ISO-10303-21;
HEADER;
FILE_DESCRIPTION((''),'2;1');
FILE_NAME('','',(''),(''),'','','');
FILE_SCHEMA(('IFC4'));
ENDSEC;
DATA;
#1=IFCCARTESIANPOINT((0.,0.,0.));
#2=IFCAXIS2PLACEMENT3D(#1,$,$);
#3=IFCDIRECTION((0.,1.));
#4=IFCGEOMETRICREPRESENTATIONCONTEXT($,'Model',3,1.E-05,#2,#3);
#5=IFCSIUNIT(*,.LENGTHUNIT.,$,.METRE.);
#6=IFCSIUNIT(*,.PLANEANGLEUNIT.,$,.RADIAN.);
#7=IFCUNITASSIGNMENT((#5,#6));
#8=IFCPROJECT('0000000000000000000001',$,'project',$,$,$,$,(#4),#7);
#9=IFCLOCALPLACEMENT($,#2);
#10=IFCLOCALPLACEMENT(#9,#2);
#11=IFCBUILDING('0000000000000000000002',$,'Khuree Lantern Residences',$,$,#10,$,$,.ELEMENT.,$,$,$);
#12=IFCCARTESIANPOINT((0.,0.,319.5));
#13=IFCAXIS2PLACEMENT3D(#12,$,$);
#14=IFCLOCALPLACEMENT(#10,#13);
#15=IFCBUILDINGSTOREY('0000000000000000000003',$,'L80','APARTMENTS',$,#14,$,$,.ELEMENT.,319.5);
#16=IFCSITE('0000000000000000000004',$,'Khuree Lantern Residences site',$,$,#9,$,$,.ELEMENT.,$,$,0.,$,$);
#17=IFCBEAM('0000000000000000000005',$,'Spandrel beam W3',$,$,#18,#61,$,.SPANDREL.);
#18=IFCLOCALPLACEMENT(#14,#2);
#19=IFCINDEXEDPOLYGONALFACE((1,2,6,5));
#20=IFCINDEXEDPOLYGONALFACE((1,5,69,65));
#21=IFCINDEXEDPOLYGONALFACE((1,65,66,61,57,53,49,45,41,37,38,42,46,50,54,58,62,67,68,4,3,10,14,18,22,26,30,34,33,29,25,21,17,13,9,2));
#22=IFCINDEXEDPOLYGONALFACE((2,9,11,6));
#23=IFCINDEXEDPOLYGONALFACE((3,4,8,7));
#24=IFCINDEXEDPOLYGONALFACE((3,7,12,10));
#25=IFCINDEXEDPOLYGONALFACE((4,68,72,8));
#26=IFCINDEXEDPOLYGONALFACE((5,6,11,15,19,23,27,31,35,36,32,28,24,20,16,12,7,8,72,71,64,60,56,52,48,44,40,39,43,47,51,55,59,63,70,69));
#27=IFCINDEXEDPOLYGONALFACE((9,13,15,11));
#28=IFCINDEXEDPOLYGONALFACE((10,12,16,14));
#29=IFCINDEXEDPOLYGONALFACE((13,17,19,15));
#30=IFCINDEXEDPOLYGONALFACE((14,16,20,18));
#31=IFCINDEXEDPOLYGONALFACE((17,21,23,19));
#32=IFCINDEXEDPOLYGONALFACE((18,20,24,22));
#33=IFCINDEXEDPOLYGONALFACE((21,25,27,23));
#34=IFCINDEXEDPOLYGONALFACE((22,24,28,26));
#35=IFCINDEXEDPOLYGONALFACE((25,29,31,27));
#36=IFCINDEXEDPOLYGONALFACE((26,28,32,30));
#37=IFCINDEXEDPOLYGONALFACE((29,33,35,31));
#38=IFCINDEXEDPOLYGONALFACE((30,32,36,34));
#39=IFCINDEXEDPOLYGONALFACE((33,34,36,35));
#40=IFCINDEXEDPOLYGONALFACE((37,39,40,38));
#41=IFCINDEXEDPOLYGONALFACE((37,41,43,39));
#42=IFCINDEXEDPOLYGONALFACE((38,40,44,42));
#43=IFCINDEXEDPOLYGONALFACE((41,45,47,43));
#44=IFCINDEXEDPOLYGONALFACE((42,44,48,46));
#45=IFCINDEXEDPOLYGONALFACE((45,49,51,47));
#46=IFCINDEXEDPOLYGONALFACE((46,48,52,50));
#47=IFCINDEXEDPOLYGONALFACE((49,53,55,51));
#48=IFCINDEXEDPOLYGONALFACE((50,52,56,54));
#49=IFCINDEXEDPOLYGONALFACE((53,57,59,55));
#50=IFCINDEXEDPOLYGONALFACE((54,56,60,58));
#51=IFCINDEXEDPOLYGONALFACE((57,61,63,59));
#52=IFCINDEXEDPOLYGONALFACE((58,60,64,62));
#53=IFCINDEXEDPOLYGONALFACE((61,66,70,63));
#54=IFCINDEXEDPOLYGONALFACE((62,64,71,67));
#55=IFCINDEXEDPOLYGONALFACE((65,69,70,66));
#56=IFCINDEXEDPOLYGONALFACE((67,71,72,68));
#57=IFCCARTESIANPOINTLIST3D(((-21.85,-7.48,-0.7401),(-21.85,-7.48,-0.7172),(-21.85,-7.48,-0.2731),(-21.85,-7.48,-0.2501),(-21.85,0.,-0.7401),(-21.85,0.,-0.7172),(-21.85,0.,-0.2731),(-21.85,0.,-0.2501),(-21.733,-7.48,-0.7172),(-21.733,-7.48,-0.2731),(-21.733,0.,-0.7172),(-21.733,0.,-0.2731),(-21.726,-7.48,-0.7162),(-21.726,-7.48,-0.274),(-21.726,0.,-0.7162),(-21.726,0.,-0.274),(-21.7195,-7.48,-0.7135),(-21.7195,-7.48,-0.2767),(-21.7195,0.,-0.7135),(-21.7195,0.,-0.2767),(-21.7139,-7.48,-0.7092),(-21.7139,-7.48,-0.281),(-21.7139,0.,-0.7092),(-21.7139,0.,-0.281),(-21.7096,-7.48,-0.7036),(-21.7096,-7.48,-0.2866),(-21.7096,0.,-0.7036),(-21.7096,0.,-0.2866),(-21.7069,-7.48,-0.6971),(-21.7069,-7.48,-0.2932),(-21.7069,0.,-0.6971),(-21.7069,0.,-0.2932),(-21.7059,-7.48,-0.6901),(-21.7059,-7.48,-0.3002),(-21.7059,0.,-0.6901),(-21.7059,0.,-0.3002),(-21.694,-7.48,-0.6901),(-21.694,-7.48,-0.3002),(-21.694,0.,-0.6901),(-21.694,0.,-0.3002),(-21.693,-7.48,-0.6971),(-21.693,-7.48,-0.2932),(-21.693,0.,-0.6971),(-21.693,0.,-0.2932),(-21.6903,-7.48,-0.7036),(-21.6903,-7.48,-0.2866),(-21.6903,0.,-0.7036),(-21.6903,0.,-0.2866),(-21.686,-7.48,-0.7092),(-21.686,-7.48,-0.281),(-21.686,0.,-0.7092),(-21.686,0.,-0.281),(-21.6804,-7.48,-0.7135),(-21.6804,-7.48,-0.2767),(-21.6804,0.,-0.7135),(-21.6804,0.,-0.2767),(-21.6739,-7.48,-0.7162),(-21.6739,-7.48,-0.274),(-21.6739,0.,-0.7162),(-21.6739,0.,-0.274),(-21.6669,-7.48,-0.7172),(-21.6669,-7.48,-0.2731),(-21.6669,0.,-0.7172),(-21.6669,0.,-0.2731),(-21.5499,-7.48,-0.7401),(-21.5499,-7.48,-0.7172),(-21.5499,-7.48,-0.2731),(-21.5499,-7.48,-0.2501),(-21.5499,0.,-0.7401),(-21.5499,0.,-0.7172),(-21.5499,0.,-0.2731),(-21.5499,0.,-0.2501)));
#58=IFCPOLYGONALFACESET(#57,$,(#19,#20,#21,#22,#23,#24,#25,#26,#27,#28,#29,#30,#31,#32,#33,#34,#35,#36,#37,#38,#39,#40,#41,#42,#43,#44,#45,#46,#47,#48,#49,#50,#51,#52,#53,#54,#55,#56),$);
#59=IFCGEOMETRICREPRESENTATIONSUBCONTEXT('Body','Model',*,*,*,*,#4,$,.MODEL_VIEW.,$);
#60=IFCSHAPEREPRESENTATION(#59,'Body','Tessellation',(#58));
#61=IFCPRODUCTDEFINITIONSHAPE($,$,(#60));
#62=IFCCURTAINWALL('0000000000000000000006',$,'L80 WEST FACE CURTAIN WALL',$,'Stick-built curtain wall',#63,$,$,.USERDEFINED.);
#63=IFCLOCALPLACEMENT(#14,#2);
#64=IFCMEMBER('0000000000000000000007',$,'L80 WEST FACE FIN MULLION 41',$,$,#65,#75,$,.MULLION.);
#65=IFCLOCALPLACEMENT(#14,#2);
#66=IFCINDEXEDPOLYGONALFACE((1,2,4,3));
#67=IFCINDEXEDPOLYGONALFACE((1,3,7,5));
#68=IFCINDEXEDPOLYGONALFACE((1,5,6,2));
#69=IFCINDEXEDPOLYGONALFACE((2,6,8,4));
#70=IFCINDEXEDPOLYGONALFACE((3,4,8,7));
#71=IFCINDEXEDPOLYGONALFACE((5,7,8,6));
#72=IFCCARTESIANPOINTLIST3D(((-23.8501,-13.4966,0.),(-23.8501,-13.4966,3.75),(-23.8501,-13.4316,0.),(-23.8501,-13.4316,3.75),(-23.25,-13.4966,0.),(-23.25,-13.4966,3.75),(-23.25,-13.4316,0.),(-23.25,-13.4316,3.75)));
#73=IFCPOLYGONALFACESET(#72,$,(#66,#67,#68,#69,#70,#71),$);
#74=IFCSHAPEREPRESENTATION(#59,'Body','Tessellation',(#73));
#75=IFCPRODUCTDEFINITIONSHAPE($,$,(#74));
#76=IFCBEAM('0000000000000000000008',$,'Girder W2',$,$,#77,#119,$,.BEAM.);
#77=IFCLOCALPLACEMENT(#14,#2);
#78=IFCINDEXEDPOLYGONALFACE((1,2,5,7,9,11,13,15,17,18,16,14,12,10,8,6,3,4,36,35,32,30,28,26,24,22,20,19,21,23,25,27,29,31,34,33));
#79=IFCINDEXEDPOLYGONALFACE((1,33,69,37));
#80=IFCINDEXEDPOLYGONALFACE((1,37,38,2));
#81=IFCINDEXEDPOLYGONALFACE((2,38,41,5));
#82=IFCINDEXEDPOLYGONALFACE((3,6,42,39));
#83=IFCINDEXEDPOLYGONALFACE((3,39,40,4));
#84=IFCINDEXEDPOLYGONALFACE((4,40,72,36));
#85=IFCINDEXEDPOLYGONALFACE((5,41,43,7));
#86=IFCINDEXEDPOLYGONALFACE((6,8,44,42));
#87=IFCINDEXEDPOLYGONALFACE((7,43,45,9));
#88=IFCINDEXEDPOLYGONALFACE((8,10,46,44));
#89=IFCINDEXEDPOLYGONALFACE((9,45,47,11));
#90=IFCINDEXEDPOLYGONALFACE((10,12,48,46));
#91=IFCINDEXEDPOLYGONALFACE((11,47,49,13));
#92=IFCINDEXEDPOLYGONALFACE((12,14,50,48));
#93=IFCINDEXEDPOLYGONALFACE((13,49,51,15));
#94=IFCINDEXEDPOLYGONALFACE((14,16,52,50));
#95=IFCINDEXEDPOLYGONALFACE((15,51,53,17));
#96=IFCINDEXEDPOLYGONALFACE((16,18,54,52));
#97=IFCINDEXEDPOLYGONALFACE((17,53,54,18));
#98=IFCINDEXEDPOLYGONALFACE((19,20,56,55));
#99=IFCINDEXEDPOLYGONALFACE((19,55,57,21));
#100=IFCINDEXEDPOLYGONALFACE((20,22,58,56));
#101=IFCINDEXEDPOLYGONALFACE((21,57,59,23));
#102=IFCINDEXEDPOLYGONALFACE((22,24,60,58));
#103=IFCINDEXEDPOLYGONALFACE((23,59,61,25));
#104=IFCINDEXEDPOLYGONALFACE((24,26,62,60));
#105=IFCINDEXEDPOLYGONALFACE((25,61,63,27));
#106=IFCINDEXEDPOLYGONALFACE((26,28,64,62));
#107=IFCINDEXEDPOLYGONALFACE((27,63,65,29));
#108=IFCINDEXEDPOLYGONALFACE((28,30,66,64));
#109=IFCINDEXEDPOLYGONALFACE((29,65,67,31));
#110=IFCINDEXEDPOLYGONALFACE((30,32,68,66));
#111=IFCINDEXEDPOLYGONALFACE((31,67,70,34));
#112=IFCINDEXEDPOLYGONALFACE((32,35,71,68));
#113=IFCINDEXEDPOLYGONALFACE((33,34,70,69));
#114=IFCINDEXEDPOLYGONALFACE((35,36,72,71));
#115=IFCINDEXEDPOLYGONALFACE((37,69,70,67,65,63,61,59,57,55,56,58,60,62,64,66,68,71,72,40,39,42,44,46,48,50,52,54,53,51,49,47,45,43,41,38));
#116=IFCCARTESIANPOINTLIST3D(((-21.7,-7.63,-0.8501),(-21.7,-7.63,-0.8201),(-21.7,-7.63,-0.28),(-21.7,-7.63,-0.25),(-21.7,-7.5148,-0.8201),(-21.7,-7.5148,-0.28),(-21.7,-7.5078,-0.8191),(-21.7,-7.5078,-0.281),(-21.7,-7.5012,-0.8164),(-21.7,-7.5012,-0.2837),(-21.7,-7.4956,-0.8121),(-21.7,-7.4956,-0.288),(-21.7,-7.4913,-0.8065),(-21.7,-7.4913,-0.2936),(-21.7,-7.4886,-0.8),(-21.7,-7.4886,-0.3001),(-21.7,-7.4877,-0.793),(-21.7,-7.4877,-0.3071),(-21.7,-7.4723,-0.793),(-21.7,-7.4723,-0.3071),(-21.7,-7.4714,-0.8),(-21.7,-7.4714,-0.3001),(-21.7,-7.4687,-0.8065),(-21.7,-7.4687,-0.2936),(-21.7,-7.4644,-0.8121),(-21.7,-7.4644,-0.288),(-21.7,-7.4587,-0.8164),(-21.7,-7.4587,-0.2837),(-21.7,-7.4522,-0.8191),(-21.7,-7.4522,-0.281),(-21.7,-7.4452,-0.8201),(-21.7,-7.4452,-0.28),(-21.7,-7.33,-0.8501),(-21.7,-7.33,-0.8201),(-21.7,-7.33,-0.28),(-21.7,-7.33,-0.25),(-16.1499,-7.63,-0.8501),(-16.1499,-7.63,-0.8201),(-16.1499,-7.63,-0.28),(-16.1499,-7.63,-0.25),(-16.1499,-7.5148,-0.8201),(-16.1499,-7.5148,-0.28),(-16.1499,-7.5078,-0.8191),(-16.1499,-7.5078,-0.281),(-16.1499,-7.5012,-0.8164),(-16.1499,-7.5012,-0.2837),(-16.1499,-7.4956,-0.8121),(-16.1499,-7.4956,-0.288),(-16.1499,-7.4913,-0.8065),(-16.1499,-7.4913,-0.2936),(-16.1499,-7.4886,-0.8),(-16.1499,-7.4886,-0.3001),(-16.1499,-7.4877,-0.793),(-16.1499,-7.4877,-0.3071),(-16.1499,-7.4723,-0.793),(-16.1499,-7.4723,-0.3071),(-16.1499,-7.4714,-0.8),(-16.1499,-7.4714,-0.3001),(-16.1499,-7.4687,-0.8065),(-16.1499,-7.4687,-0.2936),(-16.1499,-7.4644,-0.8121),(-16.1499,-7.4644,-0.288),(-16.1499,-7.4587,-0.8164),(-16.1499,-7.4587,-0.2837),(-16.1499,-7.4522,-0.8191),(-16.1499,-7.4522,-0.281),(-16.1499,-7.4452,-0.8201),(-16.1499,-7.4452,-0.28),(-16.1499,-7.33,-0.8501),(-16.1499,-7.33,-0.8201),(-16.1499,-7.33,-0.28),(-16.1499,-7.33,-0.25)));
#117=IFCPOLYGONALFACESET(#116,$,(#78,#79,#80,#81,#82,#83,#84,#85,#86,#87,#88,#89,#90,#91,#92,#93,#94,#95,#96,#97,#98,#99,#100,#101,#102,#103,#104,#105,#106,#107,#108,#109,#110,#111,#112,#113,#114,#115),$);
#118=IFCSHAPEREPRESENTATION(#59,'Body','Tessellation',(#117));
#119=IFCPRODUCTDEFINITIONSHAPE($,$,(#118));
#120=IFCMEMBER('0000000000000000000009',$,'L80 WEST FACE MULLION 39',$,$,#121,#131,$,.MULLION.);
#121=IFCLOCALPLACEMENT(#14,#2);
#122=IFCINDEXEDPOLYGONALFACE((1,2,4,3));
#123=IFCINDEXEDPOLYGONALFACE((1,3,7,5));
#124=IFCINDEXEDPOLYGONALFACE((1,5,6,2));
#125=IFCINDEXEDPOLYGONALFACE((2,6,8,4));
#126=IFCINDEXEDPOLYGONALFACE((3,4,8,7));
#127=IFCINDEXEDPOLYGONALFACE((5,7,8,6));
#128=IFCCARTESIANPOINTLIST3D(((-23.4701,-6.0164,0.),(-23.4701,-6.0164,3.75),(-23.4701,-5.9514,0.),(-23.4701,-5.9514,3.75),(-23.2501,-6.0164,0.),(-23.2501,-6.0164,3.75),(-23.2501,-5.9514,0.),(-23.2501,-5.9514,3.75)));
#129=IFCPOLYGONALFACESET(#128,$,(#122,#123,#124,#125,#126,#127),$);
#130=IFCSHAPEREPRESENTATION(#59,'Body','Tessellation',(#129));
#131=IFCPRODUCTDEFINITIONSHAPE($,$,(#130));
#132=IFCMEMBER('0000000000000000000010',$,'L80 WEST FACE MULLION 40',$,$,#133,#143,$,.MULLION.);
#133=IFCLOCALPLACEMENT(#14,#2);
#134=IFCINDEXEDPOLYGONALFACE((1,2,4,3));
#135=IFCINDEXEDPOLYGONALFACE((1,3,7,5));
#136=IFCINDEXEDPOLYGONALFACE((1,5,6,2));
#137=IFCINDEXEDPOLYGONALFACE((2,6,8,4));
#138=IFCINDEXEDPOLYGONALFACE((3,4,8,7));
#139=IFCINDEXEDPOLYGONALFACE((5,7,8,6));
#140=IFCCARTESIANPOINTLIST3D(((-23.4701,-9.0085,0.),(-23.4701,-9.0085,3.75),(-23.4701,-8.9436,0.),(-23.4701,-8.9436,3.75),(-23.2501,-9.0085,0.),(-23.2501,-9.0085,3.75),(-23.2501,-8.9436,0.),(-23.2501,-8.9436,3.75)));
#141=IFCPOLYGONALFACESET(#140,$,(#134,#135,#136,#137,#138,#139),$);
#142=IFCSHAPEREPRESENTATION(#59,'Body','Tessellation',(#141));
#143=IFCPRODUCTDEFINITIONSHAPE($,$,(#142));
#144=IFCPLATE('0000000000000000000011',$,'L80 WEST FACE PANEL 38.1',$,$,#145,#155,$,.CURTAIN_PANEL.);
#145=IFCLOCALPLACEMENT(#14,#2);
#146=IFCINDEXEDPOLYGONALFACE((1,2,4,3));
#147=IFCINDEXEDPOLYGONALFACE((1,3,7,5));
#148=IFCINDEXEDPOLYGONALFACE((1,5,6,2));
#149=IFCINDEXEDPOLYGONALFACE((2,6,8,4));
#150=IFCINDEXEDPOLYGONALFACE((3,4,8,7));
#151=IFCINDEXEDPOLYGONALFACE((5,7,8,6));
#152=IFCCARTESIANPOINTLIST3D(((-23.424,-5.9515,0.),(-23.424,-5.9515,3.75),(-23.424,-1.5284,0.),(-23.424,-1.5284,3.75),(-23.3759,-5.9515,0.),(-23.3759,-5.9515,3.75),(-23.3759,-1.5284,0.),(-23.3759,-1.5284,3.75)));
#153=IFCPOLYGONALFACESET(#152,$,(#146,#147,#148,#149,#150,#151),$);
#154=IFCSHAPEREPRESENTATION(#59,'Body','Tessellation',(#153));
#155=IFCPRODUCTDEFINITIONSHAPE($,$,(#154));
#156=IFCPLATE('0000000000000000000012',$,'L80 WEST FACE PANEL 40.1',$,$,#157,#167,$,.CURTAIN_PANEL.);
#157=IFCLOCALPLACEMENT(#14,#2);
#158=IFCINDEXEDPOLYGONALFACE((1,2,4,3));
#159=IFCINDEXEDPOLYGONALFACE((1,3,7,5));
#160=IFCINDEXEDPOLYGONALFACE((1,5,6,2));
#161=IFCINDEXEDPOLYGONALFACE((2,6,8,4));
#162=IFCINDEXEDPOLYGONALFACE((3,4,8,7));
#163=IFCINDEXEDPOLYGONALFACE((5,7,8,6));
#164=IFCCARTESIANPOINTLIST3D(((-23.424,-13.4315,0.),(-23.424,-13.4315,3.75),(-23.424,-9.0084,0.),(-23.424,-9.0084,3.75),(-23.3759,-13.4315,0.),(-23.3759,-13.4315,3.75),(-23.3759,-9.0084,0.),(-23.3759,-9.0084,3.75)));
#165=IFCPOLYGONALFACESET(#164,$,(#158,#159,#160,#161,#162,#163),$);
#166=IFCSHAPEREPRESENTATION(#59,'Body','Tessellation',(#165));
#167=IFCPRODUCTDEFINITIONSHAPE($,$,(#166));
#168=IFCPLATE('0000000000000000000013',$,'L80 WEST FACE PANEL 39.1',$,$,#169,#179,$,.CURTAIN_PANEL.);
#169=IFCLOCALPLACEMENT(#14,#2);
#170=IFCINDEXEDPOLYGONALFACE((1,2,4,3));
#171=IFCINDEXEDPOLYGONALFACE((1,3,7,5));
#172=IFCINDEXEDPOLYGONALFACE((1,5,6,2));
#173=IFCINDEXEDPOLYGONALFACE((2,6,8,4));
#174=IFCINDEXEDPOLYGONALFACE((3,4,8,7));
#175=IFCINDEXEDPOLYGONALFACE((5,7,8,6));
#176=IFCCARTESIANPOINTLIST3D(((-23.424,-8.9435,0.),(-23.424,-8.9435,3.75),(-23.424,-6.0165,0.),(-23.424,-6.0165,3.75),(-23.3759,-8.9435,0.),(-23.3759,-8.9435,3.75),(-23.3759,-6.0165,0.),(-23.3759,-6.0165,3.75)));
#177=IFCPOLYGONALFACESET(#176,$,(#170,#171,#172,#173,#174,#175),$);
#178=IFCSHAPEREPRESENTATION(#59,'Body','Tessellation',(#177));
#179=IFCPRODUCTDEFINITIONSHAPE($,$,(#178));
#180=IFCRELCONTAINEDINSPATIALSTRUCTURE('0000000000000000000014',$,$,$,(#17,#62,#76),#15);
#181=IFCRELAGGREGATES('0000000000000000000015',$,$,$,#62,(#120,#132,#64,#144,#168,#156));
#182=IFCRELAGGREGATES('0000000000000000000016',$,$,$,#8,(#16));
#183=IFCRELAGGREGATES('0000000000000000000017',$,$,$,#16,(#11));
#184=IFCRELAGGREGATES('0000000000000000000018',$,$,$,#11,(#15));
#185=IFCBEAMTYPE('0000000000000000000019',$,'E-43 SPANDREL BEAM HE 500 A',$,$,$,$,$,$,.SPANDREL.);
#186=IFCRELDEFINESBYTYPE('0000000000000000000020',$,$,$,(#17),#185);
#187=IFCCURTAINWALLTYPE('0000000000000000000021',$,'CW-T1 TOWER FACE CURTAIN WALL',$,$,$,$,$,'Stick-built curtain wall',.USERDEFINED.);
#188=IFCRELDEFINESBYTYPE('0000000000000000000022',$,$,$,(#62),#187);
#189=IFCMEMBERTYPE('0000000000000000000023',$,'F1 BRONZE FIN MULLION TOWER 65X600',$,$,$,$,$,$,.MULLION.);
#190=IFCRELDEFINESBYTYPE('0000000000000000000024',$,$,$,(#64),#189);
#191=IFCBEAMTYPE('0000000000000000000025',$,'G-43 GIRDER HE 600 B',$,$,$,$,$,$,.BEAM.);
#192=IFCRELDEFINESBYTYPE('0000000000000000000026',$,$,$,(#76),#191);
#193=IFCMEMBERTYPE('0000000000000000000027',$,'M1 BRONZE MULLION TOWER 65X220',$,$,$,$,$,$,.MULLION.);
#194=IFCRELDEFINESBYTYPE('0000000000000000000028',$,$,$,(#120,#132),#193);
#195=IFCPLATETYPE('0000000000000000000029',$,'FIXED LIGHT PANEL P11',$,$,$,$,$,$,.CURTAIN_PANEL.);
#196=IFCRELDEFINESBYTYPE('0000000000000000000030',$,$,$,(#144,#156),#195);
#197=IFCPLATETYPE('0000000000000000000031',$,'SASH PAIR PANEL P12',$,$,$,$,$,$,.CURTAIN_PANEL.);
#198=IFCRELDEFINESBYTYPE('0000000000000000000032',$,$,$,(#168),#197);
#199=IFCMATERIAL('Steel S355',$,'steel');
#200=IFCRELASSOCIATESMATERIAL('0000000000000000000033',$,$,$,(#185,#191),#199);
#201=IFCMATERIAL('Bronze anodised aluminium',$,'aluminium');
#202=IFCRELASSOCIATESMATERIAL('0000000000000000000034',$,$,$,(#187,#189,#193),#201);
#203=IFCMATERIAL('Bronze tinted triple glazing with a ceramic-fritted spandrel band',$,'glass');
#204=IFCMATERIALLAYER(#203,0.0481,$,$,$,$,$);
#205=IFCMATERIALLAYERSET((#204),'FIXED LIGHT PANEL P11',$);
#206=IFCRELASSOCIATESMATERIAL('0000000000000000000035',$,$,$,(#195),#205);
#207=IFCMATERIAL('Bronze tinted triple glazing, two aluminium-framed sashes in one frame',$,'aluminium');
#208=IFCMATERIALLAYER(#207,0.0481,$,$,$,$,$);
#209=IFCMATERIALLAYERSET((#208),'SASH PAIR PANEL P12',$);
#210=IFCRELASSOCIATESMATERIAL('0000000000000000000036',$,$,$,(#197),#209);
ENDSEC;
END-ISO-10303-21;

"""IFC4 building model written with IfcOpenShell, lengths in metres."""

from ifc_helpers import new_model, si_unit, direction, frame, origin, origin_2d, place, context, subcontext, project, spatial, rectangle, i_section, extrude, material, layer, layer_set, material_profile, profile_set, type_object, element, aggregate, save


model = new_model("IFC4")

# Units and contexts
model_context = context("Model", 3, precision=1e-05, world=origin(), true_north=direction((0.0, 1.0)))
body_context = subcontext(model_context, "Body", "Model", "MODEL_VIEW")
ifc_project = project(units=[si_unit("LENGTHUNIT", "METRE"), si_unit("PLANEANGLEUNIT", "RADIAN")], contexts=[model_context])

# Site, building, storey
site_placement = place(None, origin())
site = spatial("IfcSite", under=ifc_project, at=site_placement, Name="Khuree Lantern Residences site", CompositionType="ELEMENT", RefElevation=0.0)
building_placement = place(site_placement, origin())
building = spatial("IfcBuilding", under=site, at=building_placement, Name="Khuree Lantern Residences", CompositionType="ELEMENT")
storey_placement = place(building_placement, frame((0.0, 0.0, 319.5)))
storey = spatial("IfcBuildingStorey", under=building, at=storey_placement, Name="L80", Description="APARTMENTS", CompositionType="ELEMENT", Elevation=319.5)

# Beam
ifc_material_1 = material(Name="Steel S355", Category="steel")
ifc_material_profile_1 = material_profile(ifc_material_1, i_section(OverallWidth=0.3, OverallDepth=0.49, WebThickness=0.012, FlangeThickness=0.0229, FilletRadius=0.0271, at=origin_2d()), Name="HE 500 A")
ifc_profile_set_1 = profile_set([ifc_material_profile_1], Name="Steel S355")
beam_type_1 = type_object("IfcBeamType", Name="E-43 SPANDREL BEAM HE 500 A", PredefinedType="SPANDREL", material=ifc_profile_set_1)
for number, where, z_axis, x_axis, name in (
    (1, (-21.7, -7.48, -0.4951), (0.0, 1.0, 0.0), (-1.0, 0.0, 0.0), "Spandrel beam W3"),
):
    element("IfcBeam", number, at=place(storey_placement, frame(where, z_axis=z_axis, x_axis=x_axis)), inside=storey, type_object=beam_type_1, Name=name, PredefinedType="SPANDREL", context=body_context, shape_type="SweptSolid", body=[
        extrude(i_section(OverallWidth=0.3, OverallDepth=0.49, WebThickness=0.012, FlangeThickness=0.0229, FilletRadius=0.0271, at=origin_2d()), origin(), (0.0, 0.0, 1.0), 7.48),
    ])

# Curtain wall, member
ifc_material_2 = material(Name="Bronze anodised aluminium", Category="aluminium")
curtain_wall_type = type_object("IfcCurtainWallType", Name="CW-T1 TOWER FACE CURTAIN WALL", ElementType="Stick-built curtain wall", PredefinedType="USERDEFINED", material=ifc_material_2)
curtain_wall_placement = place(storey_placement, origin())
curtain_wall = element("IfcCurtainWall", 2, at=curtain_wall_placement, inside=storey, type_object=curtain_wall_type, Name="L80 WEST FACE CURTAIN WALL", ObjectType="Stick-built curtain wall", PredefinedType="USERDEFINED")
ifc_material_profile_2 = material_profile(ifc_material_2, rectangle(XDim=0.0649, YDim=0.6001, at=origin_2d()), Name="F1 65X600")
ifc_profile_set_2 = profile_set([ifc_material_profile_2], Name="Bronze anodised aluminium")
member_type_1 = type_object("IfcMemberType", Name="F1 BRONZE FIN MULLION TOWER 65X600", PredefinedType="MULLION", material=ifc_profile_set_2)
member_1_placement = place(storey_placement, frame((-23.55, -13.4641, 0.0), z_axis=(0.0, 0.0, 1.0), x_axis=(0.0, -1.0, 0.0)))
member_1 = element("IfcMember", 3, at=member_1_placement, type_object=member_type_1, Name="L80 WEST FACE FIN MULLION 41", PredefinedType="MULLION", context=body_context, shape_type="SweptSolid", body=[
    extrude(rectangle(XDim=0.0649, YDim=0.6001, at=origin_2d()), origin(), (0.0, 0.0, 1.0), 3.75),
])

# Beam
ifc_material_profile_3 = material_profile(ifc_material_1, i_section(OverallWidth=0.3, OverallDepth=0.6001, WebThickness=0.0154, FlangeThickness=0.03, FilletRadius=0.0271, at=origin_2d()), Name="HE 600 B")
ifc_profile_set_3 = profile_set([ifc_material_profile_3], Name="Steel S355")
beam_type_2 = type_object("IfcBeamType", Name="G-43 GIRDER HE 600 B", PredefinedType="BEAM", material=ifc_profile_set_3)
beam_placement = place(storey_placement, frame((-21.7, -7.48, -0.55), z_axis=(1.0, 0.0, 0.0), x_axis=(0.0, 1.0, 0.0)))
element("IfcBeam", 4, at=beam_placement, inside=storey, type_object=beam_type_2, Name="Girder W2", PredefinedType="BEAM", context=body_context, shape_type="SweptSolid", body=[
    extrude(i_section(OverallWidth=0.3, OverallDepth=0.6001, WebThickness=0.0154, FlangeThickness=0.03, FilletRadius=0.0271, at=origin_2d()), origin(), (0.0, 0.0, 1.0), 5.55),
])

# Members
ifc_material_profile_4 = material_profile(ifc_material_2, rectangle(XDim=0.0649, YDim=0.22, at=origin_2d()), Name="M1 65X220")
ifc_profile_set_4 = profile_set([ifc_material_profile_4], Name="Bronze anodised aluminium")
member_type_2 = type_object("IfcMemberType", Name="M1 BRONZE MULLION TOWER 65X220", PredefinedType="MULLION", material=ifc_profile_set_4)
member_2_placement = place(storey_placement, frame((-23.3601, -5.9839, 0.0), z_axis=(0.0, 0.0, 1.0), x_axis=(0.0, -1.0, 0.0)))
member_2 = element("IfcMember", 5, at=member_2_placement, type_object=member_type_2, Name="L80 WEST FACE MULLION 39", PredefinedType="MULLION", context=body_context, shape_type="SweptSolid", body=[
    extrude(rectangle(XDim=0.0649, YDim=0.22, at=origin_2d()), origin(), (0.0, 0.0, 1.0), 3.75),
])
member_3_placement = place(storey_placement, frame((-23.3601, -8.9761, 0.0), z_axis=(0.0, 0.0, 1.0), x_axis=(0.0, -1.0, 0.0)))
member_3 = element("IfcMember", 6, at=member_3_placement, type_object=member_type_2, Name="L80 WEST FACE MULLION 40", PredefinedType="MULLION", context=body_context, shape_type="SweptSolid", body=[
    extrude(rectangle(XDim=0.0649, YDim=0.22, at=origin_2d()), origin(), (0.0, 0.0, 1.0), 3.75),
])

# Plates
ifc_material_3 = material(Name="Bronze tinted triple glazing with a ceramic-fritted spandrel band", Category="glass")
ifc_layer_1 = layer(ifc_material_3, 0.0481)
ifc_layer_set_1 = layer_set([ifc_layer_1], Name="FIXED LIGHT PANEL P11")
plate_type_1 = type_object("IfcPlateType", Name="FIXED LIGHT PANEL P11", PredefinedType="CURTAIN_PANEL", material=ifc_layer_set_1)
plate_1_placement = place(storey_placement, frame((-23.3999, -3.74, 0.0), z_axis=(0.0, 0.0, 1.0), x_axis=(0.0, -1.0, 0.0)))
plate_1 = element("IfcPlate", 7, at=plate_1_placement, type_object=plate_type_1, Name="L80 WEST FACE PANEL 38.1", PredefinedType="CURTAIN_PANEL", context=body_context, shape_type="SweptSolid", body=[
    extrude(rectangle(XDim=4.4231, YDim=0.0481, at=origin_2d()), origin(), (0.0, 0.0, 1.0), 3.75),
])
plate_2_placement = place(storey_placement, frame((-23.3999, -11.22, 0.0), z_axis=(0.0, 0.0, 1.0), x_axis=(0.0, -1.0, 0.0)))
plate_2 = element("IfcPlate", 8, at=plate_2_placement, type_object=plate_type_1, Name="L80 WEST FACE PANEL 40.1", PredefinedType="CURTAIN_PANEL", context=body_context, shape_type="SweptSolid", body=[
    extrude(rectangle(XDim=4.4231, YDim=0.0481, at=origin_2d()), origin(), (0.0, 0.0, 1.0), 3.75),
])
ifc_material_4 = material(Name="Bronze tinted triple glazing, two aluminium-framed sashes in one frame", Category="aluminium")
ifc_layer_2 = layer(ifc_material_4, 0.0481)
ifc_layer_set_2 = layer_set([ifc_layer_2], Name="SASH PAIR PANEL P12")
plate_type_2 = type_object("IfcPlateType", Name="SASH PAIR PANEL P12", PredefinedType="CURTAIN_PANEL", material=ifc_layer_set_2)
plate_3_placement = place(storey_placement, frame((-23.3999, -7.48, 0.0), z_axis=(0.0, 0.0, 1.0), x_axis=(0.0, -1.0, 0.0)))
plate_3 = element("IfcPlate", 9, at=plate_3_placement, type_object=plate_type_2, Name="L80 WEST FACE PANEL 39.1", PredefinedType="CURTAIN_PANEL", context=body_context, shape_type="SweptSolid", body=[
    extrude(rectangle(XDim=2.927, YDim=0.0481, at=origin_2d()), origin(), (0.0, 0.0, 1.0), 3.75),
])
aggregate(curtain_wall, [member_2, member_3, member_1, plate_1, plate_3, plate_2])

save(model, "model.ifc")
